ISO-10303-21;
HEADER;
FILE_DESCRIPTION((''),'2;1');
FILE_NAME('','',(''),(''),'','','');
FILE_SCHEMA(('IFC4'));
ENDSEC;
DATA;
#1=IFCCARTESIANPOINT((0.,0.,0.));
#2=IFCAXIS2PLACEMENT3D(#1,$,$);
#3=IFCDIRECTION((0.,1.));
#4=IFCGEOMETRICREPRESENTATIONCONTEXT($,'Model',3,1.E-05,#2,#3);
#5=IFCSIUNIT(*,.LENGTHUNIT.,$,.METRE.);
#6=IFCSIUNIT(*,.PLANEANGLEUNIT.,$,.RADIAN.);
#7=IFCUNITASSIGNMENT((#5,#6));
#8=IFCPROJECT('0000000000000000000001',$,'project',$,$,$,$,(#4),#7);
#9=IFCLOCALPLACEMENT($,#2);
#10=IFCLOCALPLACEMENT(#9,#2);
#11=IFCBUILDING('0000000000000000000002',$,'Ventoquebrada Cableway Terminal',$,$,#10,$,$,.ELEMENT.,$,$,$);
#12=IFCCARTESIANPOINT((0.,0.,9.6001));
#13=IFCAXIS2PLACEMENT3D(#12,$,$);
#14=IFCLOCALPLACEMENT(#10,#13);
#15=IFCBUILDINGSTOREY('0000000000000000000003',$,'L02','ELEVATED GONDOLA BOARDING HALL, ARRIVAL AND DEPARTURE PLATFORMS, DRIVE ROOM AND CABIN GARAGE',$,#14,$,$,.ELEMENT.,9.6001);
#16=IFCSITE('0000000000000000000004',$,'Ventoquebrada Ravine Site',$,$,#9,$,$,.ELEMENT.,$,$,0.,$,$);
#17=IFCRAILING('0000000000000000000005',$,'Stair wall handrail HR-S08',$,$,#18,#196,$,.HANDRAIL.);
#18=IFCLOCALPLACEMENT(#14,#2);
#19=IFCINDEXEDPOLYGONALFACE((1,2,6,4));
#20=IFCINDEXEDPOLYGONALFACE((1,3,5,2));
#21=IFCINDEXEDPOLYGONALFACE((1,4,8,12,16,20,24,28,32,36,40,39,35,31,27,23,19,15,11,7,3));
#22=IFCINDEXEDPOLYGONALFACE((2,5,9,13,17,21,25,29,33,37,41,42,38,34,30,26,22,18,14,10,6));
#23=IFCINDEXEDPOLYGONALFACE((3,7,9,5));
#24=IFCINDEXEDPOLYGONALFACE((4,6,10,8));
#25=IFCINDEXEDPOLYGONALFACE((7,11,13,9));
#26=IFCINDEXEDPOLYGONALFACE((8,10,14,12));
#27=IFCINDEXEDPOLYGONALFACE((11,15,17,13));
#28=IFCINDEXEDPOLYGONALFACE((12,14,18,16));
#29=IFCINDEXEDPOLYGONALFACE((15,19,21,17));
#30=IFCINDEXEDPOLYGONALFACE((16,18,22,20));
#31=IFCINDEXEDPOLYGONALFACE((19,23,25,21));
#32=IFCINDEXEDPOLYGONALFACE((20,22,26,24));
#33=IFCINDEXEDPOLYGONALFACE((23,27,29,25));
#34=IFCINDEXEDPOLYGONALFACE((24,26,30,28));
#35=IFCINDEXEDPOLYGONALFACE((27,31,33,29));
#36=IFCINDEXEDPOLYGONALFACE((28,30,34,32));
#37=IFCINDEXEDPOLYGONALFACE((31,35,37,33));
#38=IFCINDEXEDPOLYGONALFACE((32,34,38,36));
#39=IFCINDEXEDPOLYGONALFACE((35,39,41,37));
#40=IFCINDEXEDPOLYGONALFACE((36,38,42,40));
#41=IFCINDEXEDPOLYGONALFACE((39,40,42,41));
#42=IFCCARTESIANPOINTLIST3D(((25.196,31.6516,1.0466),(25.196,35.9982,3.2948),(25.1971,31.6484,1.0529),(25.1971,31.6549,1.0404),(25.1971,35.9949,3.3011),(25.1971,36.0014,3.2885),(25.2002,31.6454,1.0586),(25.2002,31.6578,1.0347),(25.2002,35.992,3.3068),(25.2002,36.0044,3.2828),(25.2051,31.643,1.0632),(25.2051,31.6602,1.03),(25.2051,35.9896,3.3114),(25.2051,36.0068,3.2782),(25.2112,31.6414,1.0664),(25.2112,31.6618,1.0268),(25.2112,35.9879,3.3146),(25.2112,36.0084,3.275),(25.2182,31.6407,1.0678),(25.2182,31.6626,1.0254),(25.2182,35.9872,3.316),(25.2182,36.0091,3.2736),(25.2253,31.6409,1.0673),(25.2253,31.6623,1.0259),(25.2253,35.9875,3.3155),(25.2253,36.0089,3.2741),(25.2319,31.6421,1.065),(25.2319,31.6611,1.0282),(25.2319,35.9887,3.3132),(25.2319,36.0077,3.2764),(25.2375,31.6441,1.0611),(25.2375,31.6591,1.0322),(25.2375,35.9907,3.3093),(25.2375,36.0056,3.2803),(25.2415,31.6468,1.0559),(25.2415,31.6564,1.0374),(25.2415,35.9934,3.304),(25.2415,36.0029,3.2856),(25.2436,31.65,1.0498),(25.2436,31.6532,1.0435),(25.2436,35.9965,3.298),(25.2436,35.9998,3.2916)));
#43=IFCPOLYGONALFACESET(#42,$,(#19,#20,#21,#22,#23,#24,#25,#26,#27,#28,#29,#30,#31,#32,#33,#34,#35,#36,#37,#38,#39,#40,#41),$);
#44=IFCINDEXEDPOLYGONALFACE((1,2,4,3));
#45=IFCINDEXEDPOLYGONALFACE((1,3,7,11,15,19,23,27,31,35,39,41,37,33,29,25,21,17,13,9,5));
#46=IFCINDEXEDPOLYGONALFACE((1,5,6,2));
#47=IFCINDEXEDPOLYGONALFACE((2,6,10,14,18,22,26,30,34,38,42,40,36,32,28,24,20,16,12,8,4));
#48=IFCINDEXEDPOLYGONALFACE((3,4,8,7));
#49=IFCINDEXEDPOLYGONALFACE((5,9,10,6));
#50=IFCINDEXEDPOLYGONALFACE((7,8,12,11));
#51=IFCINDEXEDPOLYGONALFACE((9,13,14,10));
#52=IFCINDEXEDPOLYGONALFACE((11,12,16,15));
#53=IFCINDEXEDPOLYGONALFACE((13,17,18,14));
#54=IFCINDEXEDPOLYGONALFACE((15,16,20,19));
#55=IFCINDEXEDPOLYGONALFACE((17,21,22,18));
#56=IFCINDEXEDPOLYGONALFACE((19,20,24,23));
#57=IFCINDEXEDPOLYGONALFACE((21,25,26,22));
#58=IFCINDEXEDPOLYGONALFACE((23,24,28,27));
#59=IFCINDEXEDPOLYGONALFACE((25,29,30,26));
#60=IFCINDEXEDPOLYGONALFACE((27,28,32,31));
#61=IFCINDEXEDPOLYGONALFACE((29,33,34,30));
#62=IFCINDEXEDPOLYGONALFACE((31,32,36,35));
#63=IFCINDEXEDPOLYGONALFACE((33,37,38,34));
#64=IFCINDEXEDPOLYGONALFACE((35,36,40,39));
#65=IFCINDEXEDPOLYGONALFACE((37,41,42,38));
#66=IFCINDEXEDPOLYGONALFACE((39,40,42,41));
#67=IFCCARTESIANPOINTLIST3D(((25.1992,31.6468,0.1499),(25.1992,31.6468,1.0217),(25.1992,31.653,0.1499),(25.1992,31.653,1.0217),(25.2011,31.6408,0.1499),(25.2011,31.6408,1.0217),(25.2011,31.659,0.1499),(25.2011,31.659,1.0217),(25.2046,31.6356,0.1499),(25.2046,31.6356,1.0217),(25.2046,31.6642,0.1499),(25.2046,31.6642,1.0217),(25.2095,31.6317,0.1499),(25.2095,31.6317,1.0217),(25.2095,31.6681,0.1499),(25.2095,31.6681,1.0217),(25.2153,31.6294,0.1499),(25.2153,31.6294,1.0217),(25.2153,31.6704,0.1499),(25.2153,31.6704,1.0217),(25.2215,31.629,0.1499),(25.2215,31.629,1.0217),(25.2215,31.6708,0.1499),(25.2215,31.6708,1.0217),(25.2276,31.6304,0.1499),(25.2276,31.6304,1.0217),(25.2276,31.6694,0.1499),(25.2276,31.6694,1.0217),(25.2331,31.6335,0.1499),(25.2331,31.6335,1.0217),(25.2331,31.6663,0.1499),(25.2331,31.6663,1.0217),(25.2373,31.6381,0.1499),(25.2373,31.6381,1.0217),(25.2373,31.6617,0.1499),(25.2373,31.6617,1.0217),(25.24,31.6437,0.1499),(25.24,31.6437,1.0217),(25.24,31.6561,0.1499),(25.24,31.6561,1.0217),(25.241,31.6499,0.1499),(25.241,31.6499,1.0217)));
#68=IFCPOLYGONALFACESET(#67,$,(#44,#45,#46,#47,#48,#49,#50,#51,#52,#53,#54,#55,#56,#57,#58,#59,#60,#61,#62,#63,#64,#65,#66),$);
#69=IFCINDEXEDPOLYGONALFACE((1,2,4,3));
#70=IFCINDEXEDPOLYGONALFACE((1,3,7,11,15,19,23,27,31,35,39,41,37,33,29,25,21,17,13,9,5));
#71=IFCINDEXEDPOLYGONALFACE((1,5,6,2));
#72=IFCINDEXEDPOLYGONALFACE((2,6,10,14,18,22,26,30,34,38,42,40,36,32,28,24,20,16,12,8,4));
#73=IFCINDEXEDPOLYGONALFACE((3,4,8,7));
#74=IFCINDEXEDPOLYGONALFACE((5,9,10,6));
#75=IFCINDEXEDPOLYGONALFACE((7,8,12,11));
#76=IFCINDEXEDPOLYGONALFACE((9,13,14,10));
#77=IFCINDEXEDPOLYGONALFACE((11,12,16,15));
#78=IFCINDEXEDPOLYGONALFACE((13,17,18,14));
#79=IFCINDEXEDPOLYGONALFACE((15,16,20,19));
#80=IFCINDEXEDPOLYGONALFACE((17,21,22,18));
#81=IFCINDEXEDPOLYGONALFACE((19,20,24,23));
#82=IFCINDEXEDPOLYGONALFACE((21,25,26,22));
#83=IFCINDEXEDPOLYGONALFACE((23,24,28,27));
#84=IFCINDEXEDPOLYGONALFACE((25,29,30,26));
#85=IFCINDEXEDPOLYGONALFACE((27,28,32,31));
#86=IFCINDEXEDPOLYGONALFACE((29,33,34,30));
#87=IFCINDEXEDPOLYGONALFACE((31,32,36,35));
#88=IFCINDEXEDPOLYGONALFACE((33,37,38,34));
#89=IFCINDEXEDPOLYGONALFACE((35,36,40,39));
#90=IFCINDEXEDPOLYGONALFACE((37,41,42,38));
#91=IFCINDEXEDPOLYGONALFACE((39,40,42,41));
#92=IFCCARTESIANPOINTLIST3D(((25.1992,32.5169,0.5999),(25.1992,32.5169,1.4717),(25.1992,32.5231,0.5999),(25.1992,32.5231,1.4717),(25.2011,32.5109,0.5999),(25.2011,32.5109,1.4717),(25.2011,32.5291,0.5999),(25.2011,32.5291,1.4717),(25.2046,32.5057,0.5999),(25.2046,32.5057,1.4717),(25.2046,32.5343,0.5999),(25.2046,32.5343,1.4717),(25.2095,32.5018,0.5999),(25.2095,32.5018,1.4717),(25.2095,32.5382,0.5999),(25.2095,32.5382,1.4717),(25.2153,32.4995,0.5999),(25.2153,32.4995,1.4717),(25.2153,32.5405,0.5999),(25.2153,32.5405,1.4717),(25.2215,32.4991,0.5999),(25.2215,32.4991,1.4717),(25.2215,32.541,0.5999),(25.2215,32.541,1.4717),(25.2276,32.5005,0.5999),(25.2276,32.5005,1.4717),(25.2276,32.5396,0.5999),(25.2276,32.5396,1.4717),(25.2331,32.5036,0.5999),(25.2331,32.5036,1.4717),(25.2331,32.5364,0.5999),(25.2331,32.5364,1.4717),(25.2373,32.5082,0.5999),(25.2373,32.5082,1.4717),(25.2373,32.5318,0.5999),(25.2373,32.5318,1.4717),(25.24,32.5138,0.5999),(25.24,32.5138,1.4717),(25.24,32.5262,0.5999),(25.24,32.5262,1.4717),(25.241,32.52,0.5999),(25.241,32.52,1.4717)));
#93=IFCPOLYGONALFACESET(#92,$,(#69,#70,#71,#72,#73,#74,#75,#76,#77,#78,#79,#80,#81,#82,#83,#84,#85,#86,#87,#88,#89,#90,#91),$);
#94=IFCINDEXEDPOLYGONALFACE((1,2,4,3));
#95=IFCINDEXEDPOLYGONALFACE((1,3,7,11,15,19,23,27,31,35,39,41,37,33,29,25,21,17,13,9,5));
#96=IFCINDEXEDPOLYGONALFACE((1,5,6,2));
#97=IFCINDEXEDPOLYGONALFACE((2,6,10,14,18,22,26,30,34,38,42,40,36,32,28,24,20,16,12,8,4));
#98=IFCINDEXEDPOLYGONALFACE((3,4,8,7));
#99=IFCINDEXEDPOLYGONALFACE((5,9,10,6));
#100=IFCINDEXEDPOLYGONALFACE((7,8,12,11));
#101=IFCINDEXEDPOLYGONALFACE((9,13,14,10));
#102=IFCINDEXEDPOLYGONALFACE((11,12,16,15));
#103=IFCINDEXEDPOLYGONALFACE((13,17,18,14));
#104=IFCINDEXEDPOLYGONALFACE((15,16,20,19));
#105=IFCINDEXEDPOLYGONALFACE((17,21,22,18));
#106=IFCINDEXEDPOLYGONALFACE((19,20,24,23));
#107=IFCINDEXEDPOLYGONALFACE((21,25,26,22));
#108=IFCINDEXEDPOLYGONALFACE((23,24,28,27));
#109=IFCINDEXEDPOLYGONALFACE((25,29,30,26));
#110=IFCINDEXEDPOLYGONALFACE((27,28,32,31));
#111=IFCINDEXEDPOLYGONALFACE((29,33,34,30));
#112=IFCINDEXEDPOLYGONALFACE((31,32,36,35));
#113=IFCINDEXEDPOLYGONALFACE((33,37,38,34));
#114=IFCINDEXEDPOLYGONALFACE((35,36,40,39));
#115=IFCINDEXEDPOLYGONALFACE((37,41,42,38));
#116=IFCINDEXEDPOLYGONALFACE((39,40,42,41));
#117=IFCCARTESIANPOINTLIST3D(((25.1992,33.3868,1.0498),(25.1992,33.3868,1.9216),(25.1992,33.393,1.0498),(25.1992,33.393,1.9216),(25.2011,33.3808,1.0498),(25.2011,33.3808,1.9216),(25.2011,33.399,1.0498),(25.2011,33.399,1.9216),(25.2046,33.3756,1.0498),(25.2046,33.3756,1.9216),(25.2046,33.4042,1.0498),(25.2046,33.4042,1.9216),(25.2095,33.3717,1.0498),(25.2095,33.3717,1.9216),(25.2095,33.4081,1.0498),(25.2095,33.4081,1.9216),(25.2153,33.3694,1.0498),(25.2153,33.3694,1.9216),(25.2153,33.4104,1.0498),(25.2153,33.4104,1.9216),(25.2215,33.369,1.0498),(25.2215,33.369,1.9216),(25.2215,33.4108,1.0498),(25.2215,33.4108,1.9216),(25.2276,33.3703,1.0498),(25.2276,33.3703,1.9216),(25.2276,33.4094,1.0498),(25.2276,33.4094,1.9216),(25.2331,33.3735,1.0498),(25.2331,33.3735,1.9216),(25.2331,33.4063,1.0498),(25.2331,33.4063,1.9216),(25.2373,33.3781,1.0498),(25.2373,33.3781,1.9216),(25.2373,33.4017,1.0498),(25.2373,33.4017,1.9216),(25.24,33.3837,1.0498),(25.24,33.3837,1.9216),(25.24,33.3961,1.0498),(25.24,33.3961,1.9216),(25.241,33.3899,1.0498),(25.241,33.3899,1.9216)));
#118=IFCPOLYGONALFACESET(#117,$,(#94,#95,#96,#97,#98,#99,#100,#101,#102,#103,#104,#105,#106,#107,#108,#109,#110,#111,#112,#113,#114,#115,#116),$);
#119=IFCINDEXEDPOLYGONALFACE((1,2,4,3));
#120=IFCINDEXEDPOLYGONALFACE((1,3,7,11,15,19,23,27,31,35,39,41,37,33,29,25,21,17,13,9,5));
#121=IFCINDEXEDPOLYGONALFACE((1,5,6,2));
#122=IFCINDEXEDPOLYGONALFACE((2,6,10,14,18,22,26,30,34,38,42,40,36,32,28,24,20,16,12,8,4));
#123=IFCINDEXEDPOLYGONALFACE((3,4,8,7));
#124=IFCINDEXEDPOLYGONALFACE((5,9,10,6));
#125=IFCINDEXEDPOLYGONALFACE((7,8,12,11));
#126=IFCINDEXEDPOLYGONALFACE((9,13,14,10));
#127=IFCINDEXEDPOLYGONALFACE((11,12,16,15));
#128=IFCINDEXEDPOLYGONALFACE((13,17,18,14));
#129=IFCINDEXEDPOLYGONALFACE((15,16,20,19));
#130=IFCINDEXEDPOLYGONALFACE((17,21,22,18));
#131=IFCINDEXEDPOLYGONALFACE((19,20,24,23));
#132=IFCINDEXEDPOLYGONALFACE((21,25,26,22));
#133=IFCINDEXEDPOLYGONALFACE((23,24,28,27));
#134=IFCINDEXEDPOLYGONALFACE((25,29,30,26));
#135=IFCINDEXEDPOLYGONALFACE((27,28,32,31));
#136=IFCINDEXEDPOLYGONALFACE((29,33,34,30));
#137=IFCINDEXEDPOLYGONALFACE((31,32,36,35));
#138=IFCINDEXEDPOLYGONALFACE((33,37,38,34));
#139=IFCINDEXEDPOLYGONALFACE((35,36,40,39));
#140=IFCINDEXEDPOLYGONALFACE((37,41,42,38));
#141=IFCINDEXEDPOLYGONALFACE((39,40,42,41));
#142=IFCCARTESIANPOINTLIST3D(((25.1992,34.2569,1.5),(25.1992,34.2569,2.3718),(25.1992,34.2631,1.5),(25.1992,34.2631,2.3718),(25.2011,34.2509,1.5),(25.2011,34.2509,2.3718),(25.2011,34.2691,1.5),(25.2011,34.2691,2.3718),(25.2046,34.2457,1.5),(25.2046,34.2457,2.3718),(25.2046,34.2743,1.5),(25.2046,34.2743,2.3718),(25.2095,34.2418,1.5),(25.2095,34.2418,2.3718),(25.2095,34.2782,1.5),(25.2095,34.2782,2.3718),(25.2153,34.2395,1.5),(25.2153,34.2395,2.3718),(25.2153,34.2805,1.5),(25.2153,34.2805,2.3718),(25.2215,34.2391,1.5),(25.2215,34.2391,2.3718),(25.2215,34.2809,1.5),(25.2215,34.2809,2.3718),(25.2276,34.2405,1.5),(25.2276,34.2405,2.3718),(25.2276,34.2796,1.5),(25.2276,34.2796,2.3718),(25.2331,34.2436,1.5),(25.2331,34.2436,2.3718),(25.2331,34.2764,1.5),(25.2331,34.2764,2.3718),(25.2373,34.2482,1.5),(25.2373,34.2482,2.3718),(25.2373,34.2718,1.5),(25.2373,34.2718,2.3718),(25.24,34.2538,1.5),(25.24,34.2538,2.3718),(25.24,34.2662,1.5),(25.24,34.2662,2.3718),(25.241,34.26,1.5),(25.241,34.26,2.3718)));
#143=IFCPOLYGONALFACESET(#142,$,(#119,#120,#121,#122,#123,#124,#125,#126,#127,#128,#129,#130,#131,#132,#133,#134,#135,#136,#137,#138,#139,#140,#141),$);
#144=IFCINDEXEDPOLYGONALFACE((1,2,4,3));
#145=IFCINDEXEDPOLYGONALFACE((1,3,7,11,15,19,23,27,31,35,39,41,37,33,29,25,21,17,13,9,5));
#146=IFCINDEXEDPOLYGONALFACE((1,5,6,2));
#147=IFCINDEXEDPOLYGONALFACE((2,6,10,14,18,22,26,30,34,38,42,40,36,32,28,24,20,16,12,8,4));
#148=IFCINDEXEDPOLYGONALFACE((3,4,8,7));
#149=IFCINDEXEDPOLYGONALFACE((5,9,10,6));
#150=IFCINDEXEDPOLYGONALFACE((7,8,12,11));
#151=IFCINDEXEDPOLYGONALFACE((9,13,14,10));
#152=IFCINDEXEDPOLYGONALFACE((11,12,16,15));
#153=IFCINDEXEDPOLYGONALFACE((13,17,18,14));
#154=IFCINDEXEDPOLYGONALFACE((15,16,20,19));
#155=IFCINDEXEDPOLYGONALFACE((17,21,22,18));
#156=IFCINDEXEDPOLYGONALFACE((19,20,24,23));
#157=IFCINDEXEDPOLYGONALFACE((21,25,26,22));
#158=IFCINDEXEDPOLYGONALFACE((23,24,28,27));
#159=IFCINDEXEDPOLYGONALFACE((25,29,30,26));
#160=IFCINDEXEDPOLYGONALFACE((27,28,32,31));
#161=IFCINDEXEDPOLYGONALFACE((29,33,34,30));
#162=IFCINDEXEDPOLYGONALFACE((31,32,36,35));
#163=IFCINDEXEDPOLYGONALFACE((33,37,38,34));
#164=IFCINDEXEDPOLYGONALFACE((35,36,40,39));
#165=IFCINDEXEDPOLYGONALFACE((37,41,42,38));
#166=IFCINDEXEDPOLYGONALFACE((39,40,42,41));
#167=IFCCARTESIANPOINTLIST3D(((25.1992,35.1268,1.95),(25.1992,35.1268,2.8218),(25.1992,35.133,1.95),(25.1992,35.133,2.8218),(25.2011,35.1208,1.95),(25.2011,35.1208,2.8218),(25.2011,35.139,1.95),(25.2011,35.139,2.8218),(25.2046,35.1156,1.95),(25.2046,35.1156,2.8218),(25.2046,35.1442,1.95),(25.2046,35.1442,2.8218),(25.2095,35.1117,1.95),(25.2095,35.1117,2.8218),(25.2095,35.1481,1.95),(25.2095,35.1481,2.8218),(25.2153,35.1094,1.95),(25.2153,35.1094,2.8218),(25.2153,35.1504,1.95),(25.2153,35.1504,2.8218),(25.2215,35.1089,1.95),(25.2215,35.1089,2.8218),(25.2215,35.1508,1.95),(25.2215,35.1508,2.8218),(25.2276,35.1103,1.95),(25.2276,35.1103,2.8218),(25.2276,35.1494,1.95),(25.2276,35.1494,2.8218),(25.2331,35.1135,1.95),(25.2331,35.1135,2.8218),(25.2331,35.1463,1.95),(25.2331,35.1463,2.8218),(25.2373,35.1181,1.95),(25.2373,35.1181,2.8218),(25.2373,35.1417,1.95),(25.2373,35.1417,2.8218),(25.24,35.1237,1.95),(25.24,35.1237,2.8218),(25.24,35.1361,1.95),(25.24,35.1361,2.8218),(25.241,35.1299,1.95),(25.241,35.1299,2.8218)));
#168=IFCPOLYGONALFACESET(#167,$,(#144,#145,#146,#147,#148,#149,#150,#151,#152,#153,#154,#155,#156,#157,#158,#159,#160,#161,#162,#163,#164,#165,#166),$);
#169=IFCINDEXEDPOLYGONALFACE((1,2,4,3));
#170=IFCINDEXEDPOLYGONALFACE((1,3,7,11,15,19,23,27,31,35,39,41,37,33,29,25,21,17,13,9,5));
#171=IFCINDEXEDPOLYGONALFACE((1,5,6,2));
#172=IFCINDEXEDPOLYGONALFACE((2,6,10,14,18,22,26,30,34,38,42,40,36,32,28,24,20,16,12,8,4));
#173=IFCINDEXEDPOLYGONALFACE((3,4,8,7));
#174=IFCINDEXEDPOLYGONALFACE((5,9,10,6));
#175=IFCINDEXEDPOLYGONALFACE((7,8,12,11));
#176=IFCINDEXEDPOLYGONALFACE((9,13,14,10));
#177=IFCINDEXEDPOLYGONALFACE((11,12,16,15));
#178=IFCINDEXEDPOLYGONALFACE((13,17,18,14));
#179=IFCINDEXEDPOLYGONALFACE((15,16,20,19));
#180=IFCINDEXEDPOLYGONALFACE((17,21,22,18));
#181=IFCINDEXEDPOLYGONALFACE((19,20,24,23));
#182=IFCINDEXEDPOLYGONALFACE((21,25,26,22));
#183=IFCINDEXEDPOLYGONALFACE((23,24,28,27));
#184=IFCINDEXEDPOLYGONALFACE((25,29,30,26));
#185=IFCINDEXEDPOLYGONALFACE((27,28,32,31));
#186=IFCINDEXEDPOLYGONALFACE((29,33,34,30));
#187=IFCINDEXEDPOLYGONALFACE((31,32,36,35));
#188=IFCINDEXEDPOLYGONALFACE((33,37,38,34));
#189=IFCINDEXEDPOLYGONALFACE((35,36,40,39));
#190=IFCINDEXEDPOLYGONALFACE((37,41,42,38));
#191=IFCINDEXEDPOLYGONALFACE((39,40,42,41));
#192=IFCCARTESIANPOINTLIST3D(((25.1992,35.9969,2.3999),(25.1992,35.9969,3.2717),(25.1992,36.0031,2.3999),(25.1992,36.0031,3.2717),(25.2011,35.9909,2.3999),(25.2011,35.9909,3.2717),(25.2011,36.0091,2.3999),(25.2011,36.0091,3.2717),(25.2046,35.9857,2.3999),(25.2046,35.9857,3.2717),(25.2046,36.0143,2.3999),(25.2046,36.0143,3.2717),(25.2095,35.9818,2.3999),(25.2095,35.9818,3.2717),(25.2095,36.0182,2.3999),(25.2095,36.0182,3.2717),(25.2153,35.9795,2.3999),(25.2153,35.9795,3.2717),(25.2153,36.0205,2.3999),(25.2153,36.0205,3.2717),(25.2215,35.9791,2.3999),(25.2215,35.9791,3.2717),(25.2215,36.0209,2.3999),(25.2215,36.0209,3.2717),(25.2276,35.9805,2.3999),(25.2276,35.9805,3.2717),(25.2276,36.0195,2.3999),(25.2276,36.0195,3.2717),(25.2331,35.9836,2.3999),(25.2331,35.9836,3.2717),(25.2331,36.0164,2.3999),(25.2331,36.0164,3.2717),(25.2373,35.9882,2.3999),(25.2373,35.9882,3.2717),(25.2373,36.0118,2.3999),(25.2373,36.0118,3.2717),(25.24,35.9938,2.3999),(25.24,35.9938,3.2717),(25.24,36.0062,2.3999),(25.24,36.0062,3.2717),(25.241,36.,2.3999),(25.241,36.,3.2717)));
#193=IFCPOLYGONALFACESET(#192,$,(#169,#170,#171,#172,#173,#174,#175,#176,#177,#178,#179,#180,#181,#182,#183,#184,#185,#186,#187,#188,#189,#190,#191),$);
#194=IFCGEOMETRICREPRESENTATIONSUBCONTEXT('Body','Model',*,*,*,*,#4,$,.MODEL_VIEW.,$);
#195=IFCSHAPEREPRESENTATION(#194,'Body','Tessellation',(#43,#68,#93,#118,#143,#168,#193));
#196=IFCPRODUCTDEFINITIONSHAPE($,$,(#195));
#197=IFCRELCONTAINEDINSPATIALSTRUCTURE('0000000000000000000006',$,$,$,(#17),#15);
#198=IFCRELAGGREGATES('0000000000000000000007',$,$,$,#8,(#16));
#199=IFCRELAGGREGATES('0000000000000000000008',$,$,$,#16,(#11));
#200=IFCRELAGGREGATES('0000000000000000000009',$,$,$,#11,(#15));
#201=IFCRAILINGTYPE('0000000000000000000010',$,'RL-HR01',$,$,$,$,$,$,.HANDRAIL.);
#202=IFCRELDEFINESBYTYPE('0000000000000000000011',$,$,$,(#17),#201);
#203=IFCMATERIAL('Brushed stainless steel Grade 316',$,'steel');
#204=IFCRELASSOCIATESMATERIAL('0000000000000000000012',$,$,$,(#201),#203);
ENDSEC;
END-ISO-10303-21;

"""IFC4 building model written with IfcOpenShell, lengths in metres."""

from ifc_helpers import new_model, si_unit, direction, frame, origin, origin_2d, place, context, subcontext, project, spatial, circle, extrude, material, type_object, element, save


model = new_model("IFC4")

# Units and contexts
model_context = context("Model", 3, precision=1e-05, world=origin(), true_north=direction((0.0, 1.0)))
body_context = subcontext(model_context, "Body", "Model", "MODEL_VIEW")
ifc_project = project(units=[si_unit("LENGTHUNIT", "METRE"), si_unit("PLANEANGLEUNIT", "RADIAN")], contexts=[model_context])

# Site, building, storey
site_placement = place(None, origin())
site = spatial("IfcSite", under=ifc_project, at=site_placement, Name="Ventoquebrada Ravine Site", CompositionType="ELEMENT", RefElevation=0.0)
building_placement = place(site_placement, origin())
building = spatial("IfcBuilding", under=site, at=building_placement, Name="Ventoquebrada Cableway Terminal", CompositionType="ELEMENT")
storey_placement = place(building_placement, frame((0.0, 0.0, 9.6001)))
storey = spatial("IfcBuildingStorey", under=building, at=storey_placement, Name="L02", Description="ELEVATED GONDOLA BOARDING HALL, ARRIVAL AND DEPARTURE PLATFORMS, DRIVE ROOM AND CABIN GARAGE", CompositionType="ELEMENT", Elevation=9.6001)

# Railing
ifc_material_1 = material(Name="Brushed stainless steel Grade 316", Category="steel")
railing_type_1 = type_object("IfcRailingType", Name="RL-HR01", PredefinedType="HANDRAIL", material=ifc_material_1)
railing_1_placement = place(storey_placement, frame((25.22, 31.6499, 0.1499)))
element("IfcRailing", 1, at=railing_1_placement, inside=storey, type_object=railing_type_1, Name="Stair wall handrail HR-S08", PredefinedType="HANDRAIL", context=body_context, shape_type="SweptSolid", body=[
    extrude(circle(Radius=0.0239, at=origin_2d()), frame((0.0, 0.0017, 0.8967), z_axis=(0.0, 0.888222, 0.459415), x_axis=(-1.0, 0.0, 0.0)), (0.0, 0.0, 1.0), 4.8936),
    extrude(circle(Radius=0.021, at=origin_2d()), origin(), (0.0, 0.0, 1.0), 0.8718),
    extrude(circle(Radius=0.021, at=origin_2d()), frame((0.0, 0.8701, 0.45)), (0.0, 0.0, 1.0), 0.8718),
    extrude(circle(Radius=0.021, at=origin_2d()), frame((0.0, 1.74, 0.8999)), (0.0, 0.0, 1.0), 0.8718),
    extrude(circle(Radius=0.021, at=origin_2d()), frame((0.0, 2.6101, 1.3501)), (0.0, 0.0, 1.0), 0.8718),
    extrude(circle(Radius=0.021, at=origin_2d()), frame((0.0, 3.48, 1.8)), (0.0, 0.0, 1.0), 0.8718),
    extrude(circle(Radius=0.021, at=origin_2d()), frame((0.0, 4.3501, 2.25)), (0.0, 0.0, 1.0), 0.8718),
])

save(model, "model.ifc")
